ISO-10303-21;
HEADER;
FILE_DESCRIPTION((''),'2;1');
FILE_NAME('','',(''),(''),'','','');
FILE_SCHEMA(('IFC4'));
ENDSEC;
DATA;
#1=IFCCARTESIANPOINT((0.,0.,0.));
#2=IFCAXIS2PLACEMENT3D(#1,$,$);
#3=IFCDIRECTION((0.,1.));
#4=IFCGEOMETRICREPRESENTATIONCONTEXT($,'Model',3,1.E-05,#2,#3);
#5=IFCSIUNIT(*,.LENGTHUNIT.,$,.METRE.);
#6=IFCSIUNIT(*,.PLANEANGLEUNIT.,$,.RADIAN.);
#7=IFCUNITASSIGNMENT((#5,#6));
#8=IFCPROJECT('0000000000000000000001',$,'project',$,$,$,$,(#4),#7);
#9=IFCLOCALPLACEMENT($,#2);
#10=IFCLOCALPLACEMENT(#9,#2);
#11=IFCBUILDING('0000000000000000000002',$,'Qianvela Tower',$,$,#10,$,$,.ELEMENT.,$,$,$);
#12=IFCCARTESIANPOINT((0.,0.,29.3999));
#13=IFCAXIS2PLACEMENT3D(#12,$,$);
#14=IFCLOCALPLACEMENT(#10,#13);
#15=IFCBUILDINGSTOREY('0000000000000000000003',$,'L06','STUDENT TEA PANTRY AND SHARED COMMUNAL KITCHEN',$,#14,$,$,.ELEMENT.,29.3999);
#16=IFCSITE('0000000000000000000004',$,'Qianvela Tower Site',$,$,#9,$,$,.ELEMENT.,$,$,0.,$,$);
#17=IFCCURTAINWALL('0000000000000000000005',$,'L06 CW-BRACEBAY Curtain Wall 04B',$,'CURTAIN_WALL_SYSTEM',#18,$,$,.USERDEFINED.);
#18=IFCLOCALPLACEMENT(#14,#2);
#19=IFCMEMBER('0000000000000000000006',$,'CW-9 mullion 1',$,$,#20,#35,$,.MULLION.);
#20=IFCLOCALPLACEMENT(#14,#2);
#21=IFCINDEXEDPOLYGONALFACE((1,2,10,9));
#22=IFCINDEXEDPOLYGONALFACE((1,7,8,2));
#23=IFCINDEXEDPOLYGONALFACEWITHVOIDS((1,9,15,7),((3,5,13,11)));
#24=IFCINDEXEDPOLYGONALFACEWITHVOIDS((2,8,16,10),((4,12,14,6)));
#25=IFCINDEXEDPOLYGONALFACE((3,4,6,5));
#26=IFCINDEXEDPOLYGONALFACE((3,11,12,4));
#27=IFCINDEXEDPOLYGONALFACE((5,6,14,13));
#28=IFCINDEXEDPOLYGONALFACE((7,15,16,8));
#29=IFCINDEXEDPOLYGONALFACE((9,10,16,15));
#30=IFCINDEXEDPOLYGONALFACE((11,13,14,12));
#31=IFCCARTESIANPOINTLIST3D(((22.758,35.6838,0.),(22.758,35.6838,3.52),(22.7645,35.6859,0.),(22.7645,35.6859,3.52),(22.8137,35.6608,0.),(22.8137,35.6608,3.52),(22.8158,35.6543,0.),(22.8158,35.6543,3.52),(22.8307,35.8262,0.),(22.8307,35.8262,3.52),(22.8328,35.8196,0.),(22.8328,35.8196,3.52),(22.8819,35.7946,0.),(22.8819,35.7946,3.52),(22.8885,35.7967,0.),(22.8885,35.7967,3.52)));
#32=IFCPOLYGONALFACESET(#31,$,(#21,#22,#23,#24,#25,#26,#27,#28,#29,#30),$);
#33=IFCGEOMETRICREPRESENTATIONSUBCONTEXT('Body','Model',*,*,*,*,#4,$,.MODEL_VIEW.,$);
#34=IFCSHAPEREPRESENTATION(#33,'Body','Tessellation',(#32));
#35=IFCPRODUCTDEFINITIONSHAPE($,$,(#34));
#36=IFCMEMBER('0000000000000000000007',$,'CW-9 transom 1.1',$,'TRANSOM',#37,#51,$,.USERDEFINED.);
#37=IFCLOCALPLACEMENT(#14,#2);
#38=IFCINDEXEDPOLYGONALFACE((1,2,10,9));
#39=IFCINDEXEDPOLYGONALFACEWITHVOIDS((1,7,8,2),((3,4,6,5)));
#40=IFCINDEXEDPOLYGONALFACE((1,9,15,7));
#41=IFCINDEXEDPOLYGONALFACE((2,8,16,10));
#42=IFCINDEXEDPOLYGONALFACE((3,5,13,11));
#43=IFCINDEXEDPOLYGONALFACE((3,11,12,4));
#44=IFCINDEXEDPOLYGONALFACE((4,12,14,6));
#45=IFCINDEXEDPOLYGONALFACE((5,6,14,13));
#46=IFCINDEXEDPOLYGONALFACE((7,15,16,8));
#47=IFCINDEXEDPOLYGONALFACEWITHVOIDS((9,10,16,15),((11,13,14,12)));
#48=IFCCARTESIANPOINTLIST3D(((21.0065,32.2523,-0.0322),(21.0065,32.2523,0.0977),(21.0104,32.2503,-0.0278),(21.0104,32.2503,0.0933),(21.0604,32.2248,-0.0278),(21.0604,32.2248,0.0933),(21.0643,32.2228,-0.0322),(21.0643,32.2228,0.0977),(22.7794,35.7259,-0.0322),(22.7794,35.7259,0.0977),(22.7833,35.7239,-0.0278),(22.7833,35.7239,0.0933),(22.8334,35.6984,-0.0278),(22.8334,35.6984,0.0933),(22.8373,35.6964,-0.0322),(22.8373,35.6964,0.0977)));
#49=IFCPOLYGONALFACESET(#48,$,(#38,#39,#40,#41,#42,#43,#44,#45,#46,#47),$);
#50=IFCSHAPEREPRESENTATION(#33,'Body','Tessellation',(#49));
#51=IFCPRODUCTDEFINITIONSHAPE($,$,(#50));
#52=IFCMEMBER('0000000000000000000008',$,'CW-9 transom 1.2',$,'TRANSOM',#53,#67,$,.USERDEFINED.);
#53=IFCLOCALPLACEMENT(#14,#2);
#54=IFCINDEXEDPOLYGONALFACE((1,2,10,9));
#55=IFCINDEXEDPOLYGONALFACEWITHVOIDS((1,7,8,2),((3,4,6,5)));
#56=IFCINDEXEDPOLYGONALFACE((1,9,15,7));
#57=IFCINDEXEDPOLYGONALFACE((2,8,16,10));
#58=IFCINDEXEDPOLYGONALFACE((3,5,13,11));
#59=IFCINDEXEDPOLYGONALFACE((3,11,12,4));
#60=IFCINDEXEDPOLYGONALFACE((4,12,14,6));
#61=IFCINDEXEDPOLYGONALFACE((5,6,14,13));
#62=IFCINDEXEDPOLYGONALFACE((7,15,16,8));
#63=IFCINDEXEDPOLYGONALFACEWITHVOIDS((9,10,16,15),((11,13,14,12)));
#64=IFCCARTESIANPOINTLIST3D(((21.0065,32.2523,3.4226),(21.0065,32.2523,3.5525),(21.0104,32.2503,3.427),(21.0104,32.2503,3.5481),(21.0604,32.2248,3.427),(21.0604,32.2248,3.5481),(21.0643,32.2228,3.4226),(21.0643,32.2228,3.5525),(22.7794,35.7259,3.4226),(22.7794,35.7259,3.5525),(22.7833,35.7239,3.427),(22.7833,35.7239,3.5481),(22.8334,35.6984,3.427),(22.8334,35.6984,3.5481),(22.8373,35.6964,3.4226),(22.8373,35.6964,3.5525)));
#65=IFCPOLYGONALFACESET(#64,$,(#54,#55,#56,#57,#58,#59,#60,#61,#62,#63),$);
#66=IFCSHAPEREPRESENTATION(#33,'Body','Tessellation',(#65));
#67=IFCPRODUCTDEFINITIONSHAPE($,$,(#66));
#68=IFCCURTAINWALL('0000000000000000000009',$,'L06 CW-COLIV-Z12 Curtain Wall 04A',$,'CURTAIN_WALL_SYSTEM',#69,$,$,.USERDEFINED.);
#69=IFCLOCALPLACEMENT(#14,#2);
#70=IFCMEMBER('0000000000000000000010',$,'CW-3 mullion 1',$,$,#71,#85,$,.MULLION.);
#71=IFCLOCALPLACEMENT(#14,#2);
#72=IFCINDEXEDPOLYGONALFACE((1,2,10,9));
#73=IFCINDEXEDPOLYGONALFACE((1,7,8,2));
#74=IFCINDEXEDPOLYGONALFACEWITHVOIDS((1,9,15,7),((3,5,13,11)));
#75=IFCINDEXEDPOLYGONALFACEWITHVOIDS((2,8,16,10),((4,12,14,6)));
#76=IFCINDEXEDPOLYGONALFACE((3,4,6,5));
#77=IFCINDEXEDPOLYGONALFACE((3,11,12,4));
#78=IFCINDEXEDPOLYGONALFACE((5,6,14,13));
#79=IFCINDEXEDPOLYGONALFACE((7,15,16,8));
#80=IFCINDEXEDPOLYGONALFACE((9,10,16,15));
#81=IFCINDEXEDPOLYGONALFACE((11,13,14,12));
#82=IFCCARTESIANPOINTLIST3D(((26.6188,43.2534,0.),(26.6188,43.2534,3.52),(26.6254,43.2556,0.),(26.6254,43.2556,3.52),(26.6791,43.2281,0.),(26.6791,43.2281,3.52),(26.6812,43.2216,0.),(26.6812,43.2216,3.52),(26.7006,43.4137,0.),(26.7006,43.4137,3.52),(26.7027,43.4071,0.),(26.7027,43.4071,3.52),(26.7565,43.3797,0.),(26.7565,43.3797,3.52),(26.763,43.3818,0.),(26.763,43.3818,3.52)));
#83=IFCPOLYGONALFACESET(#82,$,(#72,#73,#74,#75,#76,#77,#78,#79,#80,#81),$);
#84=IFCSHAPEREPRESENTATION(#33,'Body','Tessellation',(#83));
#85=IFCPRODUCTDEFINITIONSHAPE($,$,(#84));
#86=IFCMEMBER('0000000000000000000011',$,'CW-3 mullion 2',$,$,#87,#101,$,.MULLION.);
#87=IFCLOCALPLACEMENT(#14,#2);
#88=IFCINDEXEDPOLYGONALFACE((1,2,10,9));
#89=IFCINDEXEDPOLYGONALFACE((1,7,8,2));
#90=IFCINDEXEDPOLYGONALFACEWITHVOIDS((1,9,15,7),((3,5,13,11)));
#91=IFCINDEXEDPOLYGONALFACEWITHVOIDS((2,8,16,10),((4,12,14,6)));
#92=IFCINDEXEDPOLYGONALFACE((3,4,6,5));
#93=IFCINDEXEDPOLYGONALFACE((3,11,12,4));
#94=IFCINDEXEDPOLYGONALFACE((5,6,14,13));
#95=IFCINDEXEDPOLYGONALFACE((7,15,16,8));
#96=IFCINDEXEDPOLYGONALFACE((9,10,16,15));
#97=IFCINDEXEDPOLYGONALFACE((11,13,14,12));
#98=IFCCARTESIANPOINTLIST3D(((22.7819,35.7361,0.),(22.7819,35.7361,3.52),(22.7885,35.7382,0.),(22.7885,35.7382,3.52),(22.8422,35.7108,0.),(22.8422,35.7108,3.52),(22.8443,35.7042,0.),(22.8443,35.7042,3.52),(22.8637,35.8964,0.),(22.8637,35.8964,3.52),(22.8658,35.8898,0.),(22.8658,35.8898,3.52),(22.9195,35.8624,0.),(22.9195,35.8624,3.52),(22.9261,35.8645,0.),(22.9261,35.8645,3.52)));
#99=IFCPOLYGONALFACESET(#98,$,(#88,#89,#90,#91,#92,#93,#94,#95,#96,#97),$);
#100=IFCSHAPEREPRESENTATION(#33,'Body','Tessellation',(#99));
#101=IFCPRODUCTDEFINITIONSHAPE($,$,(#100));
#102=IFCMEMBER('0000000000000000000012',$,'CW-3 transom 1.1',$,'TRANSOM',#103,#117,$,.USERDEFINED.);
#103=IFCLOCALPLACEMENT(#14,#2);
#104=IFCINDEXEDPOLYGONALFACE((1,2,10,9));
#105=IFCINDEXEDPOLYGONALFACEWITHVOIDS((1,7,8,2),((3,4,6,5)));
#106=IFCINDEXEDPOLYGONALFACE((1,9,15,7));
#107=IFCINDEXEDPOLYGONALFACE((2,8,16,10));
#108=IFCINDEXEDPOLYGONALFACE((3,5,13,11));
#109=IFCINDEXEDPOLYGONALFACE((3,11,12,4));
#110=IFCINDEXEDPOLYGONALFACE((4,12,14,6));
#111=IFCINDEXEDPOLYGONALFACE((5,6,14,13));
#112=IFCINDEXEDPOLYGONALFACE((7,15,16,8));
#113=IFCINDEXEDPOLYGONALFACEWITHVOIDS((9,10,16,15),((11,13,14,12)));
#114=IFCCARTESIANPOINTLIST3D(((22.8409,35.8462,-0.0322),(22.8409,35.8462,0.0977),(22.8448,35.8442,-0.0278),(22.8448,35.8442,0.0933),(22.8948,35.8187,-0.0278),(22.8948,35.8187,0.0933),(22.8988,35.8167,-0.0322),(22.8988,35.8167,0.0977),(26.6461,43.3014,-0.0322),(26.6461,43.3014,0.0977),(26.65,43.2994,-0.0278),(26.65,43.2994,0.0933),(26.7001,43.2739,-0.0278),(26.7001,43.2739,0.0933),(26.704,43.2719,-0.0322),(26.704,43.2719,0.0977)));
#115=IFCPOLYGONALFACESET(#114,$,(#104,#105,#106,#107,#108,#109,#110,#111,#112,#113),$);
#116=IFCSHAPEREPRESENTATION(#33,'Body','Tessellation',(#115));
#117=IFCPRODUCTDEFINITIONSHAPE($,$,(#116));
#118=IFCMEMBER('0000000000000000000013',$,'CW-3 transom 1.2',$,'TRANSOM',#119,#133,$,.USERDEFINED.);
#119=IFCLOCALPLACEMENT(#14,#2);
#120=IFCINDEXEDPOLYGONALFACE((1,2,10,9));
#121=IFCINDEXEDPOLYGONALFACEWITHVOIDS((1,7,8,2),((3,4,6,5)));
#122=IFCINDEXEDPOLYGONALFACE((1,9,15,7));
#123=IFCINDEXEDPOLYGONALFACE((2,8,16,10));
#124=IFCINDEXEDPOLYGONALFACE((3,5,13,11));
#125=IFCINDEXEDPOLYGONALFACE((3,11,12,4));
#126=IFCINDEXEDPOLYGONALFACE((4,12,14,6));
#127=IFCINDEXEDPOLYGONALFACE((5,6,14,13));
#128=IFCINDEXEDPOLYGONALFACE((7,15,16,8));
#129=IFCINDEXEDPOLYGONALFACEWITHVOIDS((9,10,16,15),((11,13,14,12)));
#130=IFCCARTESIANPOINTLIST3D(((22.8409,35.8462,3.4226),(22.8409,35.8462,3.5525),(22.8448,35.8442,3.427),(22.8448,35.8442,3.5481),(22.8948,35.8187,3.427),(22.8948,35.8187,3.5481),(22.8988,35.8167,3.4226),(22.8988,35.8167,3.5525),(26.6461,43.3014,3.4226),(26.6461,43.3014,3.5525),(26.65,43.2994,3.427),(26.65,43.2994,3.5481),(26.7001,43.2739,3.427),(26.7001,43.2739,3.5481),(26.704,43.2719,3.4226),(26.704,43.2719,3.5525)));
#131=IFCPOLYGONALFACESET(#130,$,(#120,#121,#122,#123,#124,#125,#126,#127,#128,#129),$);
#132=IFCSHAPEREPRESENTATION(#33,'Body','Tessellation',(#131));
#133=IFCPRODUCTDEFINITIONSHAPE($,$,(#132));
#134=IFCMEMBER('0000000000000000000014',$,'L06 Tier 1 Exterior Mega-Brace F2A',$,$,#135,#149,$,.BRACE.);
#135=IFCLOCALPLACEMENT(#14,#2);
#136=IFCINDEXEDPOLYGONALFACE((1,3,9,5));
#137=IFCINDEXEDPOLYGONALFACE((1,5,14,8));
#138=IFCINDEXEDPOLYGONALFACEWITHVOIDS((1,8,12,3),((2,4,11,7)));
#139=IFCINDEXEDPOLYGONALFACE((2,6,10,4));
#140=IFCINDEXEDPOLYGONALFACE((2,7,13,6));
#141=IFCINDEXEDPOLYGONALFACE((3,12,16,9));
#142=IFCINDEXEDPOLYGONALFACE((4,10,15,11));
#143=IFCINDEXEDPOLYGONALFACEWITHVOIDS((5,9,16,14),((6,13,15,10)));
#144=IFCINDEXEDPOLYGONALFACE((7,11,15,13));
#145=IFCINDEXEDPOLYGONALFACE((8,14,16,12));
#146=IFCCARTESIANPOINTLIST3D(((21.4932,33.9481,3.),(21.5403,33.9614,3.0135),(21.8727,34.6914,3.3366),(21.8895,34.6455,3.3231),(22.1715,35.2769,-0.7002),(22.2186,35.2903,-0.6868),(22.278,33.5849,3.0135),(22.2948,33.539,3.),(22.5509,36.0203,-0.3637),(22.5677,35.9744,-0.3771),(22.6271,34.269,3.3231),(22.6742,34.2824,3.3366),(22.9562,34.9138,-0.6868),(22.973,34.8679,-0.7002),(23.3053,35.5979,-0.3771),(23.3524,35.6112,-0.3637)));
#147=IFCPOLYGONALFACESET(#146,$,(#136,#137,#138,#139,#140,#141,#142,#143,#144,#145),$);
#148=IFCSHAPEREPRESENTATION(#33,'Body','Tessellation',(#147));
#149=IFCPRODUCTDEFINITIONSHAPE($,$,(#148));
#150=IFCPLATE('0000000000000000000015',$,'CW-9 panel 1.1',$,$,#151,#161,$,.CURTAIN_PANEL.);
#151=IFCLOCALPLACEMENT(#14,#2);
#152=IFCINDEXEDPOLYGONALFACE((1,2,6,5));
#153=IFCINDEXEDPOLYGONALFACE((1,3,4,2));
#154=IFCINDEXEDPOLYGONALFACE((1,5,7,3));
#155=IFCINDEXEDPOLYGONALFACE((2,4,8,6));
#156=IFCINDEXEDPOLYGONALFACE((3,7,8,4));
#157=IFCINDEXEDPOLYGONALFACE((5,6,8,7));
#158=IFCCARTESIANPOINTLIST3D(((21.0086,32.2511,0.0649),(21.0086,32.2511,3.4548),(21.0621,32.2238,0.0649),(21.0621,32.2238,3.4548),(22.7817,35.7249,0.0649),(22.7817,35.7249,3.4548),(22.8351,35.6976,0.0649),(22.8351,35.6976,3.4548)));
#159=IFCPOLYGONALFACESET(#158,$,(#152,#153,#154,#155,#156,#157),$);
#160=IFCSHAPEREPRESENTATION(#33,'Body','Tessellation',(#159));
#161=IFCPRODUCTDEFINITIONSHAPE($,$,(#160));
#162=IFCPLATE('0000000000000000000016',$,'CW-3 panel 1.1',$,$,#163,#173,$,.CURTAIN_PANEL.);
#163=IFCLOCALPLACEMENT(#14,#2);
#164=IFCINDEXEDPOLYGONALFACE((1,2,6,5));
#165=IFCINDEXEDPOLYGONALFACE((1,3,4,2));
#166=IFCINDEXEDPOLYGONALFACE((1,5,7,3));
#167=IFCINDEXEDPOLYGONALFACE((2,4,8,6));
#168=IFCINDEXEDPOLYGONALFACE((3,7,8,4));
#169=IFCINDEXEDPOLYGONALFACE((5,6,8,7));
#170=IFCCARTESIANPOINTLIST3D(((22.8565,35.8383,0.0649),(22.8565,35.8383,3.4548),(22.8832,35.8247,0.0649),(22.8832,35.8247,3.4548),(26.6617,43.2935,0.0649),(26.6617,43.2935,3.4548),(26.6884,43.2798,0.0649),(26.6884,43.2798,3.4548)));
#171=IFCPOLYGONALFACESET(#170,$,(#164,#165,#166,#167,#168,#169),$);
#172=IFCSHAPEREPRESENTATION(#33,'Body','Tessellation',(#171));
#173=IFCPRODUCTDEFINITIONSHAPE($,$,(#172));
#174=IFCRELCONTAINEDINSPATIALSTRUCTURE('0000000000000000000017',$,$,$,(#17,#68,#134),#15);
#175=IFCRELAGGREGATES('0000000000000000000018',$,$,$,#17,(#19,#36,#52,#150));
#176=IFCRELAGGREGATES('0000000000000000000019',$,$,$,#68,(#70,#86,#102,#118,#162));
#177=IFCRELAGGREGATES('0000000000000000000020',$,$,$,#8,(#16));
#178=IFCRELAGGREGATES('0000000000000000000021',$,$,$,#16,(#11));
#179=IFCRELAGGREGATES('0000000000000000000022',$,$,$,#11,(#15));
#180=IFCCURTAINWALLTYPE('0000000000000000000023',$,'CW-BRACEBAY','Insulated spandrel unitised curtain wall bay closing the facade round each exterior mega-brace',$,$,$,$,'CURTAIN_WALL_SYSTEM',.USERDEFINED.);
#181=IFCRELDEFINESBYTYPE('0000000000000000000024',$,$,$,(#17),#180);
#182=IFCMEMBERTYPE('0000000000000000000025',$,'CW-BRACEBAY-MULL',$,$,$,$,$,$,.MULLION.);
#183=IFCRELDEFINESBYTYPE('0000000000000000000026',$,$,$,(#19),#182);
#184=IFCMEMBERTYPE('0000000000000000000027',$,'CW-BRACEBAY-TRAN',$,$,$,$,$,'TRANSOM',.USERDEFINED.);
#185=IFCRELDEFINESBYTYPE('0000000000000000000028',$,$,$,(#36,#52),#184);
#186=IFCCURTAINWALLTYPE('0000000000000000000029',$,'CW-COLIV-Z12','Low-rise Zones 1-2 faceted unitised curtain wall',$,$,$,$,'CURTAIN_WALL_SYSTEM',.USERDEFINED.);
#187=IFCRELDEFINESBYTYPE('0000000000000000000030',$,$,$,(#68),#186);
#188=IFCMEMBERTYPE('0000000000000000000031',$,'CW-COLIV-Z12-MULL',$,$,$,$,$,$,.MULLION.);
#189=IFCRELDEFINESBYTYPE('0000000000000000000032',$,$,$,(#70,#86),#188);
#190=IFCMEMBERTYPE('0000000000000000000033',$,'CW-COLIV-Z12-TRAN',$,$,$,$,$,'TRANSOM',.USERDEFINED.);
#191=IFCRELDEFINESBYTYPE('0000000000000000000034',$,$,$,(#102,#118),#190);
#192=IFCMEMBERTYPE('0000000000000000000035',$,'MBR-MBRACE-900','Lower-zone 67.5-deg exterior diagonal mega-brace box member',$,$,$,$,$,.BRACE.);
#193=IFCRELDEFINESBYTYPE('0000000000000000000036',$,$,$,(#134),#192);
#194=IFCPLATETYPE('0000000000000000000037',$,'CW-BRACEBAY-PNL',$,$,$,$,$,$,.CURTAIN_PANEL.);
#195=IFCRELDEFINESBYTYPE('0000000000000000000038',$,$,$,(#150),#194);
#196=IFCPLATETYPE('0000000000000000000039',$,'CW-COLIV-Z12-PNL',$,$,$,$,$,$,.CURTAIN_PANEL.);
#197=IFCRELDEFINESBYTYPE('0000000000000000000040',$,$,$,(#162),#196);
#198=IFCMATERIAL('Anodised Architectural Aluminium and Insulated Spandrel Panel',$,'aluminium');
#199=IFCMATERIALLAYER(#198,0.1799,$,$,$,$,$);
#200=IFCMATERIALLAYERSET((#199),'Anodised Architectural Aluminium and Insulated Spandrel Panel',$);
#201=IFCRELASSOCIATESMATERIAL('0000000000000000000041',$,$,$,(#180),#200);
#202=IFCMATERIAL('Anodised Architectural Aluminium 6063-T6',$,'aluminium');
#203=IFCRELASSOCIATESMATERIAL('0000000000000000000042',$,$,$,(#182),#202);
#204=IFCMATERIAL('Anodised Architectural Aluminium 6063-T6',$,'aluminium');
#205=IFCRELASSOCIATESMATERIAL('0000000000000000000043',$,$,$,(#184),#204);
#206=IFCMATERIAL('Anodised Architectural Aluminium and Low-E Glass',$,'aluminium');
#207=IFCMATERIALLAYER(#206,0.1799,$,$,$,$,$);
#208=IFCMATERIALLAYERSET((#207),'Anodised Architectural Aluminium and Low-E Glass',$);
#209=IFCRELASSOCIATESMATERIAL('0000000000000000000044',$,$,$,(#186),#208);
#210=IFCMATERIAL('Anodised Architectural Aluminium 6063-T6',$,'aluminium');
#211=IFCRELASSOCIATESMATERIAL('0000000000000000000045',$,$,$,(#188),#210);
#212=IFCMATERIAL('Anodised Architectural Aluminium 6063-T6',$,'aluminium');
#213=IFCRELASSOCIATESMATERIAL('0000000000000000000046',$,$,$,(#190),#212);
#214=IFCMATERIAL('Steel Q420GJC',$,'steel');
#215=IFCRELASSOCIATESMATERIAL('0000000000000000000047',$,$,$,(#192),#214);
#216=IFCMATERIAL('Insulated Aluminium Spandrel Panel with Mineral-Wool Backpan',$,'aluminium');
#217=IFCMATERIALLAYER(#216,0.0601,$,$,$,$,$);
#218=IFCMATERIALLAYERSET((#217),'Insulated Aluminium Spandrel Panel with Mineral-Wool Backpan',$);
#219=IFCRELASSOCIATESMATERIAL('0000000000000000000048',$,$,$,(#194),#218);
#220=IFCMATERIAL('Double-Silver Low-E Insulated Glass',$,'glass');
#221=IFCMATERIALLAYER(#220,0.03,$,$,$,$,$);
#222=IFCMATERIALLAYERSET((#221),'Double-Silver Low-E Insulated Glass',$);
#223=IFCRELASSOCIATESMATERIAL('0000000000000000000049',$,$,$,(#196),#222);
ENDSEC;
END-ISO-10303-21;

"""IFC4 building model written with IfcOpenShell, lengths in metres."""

from ifc_helpers import new_model, si_unit, direction, frame, origin, origin_2d, place, context, subcontext, project, spatial, rectangle, hollow_rectangle, extrude, material, layer, layer_set, material_profile, profile_set, type_object, element, aggregate, save


model = new_model("IFC4")

# Units and contexts
model_context = context("Model", 3, precision=1e-05, world=origin(), true_north=direction((0.0, 1.0)))
body_context = subcontext(model_context, "Body", "Model", "MODEL_VIEW")
ifc_project = project(units=[si_unit("LENGTHUNIT", "METRE"), si_unit("PLANEANGLEUNIT", "RADIAN")], contexts=[model_context])

# Site, building, storey
site_placement = place(None, origin())
site = spatial("IfcSite", under=ifc_project, at=site_placement, Name="Qianvela Tower Site", CompositionType="ELEMENT", RefElevation=0.0)
building_placement = place(site_placement, origin())
building = spatial("IfcBuilding", under=site, at=building_placement, Name="Qianvela Tower", CompositionType="ELEMENT")
storey_placement = place(building_placement, frame((0.0, 0.0, 29.3999)))
storey = spatial("IfcBuildingStorey", under=building, at=storey_placement, Name="L06", Description="STUDENT TEA PANTRY AND SHARED COMMUNAL KITCHEN", CompositionType="ELEMENT", Elevation=29.3999)

# Curtain walls, members
ifc_material_1 = material(Name="Anodised Architectural Aluminium and Insulated Spandrel Panel", Category="aluminium")
ifc_layer_1 = layer(ifc_material_1, 0.1799)
ifc_layer_set_1 = layer_set([ifc_layer_1], Name="Anodised Architectural Aluminium and Insulated Spandrel Panel")
curtain_wall_type_1 = type_object("IfcCurtainWallType", Name="CW-BRACEBAY", Description="Insulated spandrel unitised curtain wall bay closing the facade round each exterior mega-brace", ElementType="CURTAIN_WALL_SYSTEM", PredefinedType="USERDEFINED", material=ifc_layer_set_1)
curtain_wall_1_placement = place(storey_placement, origin())
curtain_wall_1 = element("IfcCurtainWall", 1, at=curtain_wall_1_placement, inside=storey, type_object=curtain_wall_type_1, Name="L06 CW-BRACEBAY Curtain Wall 04B", ObjectType="CURTAIN_WALL_SYSTEM", PredefinedType="USERDEFINED")
ifc_material_2 = material(Name="Anodised Architectural Aluminium 6063-T6", Category="aluminium")
ifc_material_profile_1 = material_profile(ifc_material_2, hollow_rectangle(XDim=0.0649, YDim=0.1599, WallThickness=0.0049, at=origin_2d()), Name="ALU-MULL-65x160")
ifc_profile_set_1 = profile_set([ifc_material_profile_1], Name="Anodised Architectural Aluminium 6063-T6")
member_type_1 = type_object("IfcMemberType", Name="CW-BRACEBAY-MULL", PredefinedType="MULLION", material=ifc_profile_set_1)
member_1_placement = place(storey_placement, frame((22.8232, 35.7402, 0.0), z_axis=(0.0, 0.0, 1.0), x_axis=(0.890689, -0.454613, 0.0)))
member_1 = element("IfcMember", 2, at=member_1_placement, type_object=member_type_1, Name="CW-9 mullion 1", PredefinedType="MULLION", context=body_context, shape_type="SweptSolid", body=[
    extrude(hollow_rectangle(XDim=0.0649, YDim=0.1599, WallThickness=0.0049, at=origin_2d()), origin(), (0.0, 0.0, 1.0), 3.52),
])
ifc_material_3 = material(Name="Anodised Architectural Aluminium 6063-T6", Category="aluminium")
ifc_material_profile_2 = material_profile(ifc_material_3, hollow_rectangle(XDim=0.0649, YDim=0.1299, WallThickness=0.0044, at=origin_2d()), Name="ALU-TRAN-65x130")
ifc_profile_set_2 = profile_set([ifc_material_profile_2], Name="Anodised Architectural Aluminium 6063-T6")
member_type_2 = type_object("IfcMemberType", Name="CW-BRACEBAY-TRAN", ElementType="TRANSOM", PredefinedType="USERDEFINED", material=ifc_profile_set_2)
member_2_placement = place(storey_placement, frame((22.8083, 35.7112, 0.0327), z_axis=(-0.45461, -0.89069, 0.0), x_axis=(0.89069, -0.45461, 0.0)))
member_2 = element("IfcMember", 3, at=member_2_placement, type_object=member_type_2, Name="CW-9 transom 1.1", ObjectType="TRANSOM", PredefinedType="USERDEFINED", context=body_context, shape_type="SweptSolid", body=[
    extrude(hollow_rectangle(XDim=0.0649, YDim=0.1299, WallThickness=0.0044, at=origin_2d()), origin(), (0.0, 0.0, 1.0), 3.8999),
])
member_3_placement = place(storey_placement, frame((22.8083, 35.7112, 3.4875), z_axis=(-0.45461, -0.89069, 0.0), x_axis=(0.89069, -0.45461, 0.0)))
member_3 = element("IfcMember", 4, at=member_3_placement, type_object=member_type_2, Name="CW-9 transom 1.2", ObjectType="TRANSOM", PredefinedType="USERDEFINED", context=body_context, shape_type="SweptSolid", body=[
    extrude(hollow_rectangle(XDim=0.0649, YDim=0.1299, WallThickness=0.0044, at=origin_2d()), origin(), (0.0, 0.0, 1.0), 3.8999),
])
ifc_material_4 = material(Name="Anodised Architectural Aluminium and Low-E Glass", Category="aluminium")
ifc_layer_2 = layer(ifc_material_4, 0.1799)
ifc_layer_set_2 = layer_set([ifc_layer_2], Name="Anodised Architectural Aluminium and Low-E Glass")
curtain_wall_type_2 = type_object("IfcCurtainWallType", Name="CW-COLIV-Z12", Description="Low-rise Zones 1-2 faceted unitised curtain wall", ElementType="CURTAIN_WALL_SYSTEM", PredefinedType="USERDEFINED", material=ifc_layer_set_2)
curtain_wall_2_placement = place(storey_placement, origin())
curtain_wall_2 = element("IfcCurtainWall", 5, at=curtain_wall_2_placement, inside=storey, type_object=curtain_wall_type_2, Name="L06 CW-COLIV-Z12 Curtain Wall 04A", ObjectType="CURTAIN_WALL_SYSTEM", PredefinedType="USERDEFINED")
ifc_material_5 = material(Name="Anodised Architectural Aluminium 6063-T6", Category="aluminium")
ifc_material_profile_3 = material_profile(ifc_material_5, hollow_rectangle(XDim=0.0701, YDim=0.1799, WallThickness=0.0049, at=origin_2d()), Name="ALU-MULL-70x180")
ifc_profile_set_3 = profile_set([ifc_material_profile_3], Name="Anodised Architectural Aluminium 6063-T6")
member_type_3 = type_object("IfcMemberType", Name="CW-COLIV-Z12-MULL", PredefinedType="MULLION", material=ifc_profile_set_3)
member_4_placement = place(storey_placement, frame((26.6909, 43.3176, 0.0), z_axis=(0.0, 0.0, 1.0), x_axis=(0.890688, -0.454615, 0.0)))
member_4 = element("IfcMember", 6, at=member_4_placement, type_object=member_type_3, Name="CW-3 mullion 1", PredefinedType="MULLION", context=body_context, shape_type="SweptSolid", body=[
    extrude(hollow_rectangle(XDim=0.0701, YDim=0.1799, WallThickness=0.0049, at=origin_2d()), origin(), (0.0, 0.0, 1.0), 3.52),
])
member_5_placement = place(storey_placement, frame((22.854, 35.8003, 0.0), z_axis=(0.0, 0.0, 1.0), x_axis=(0.890688, -0.454615, 0.0)))
member_5 = element("IfcMember", 7, at=member_5_placement, type_object=member_type_3, Name="CW-3 mullion 2", PredefinedType="MULLION", context=body_context, shape_type="SweptSolid", body=[
    extrude(hollow_rectangle(XDim=0.0701, YDim=0.1799, WallThickness=0.0049, at=origin_2d()), origin(), (0.0, 0.0, 1.0), 3.52),
])
ifc_material_6 = material(Name="Anodised Architectural Aluminium 6063-T6", Category="aluminium")
ifc_material_profile_4 = material_profile(ifc_material_6, hollow_rectangle(XDim=0.0649, YDim=0.1299, WallThickness=0.0044, at=origin_2d()), Name="ALU-TRAN-65x130")
ifc_profile_set_4 = profile_set([ifc_material_profile_4], Name="Anodised Architectural Aluminium 6063-T6")
member_type_4 = type_object("IfcMemberType", Name="CW-COLIV-Z12-TRAN", ElementType="TRANSOM", PredefinedType="USERDEFINED", material=ifc_profile_set_4)
member_6_placement = place(storey_placement, frame((26.675, 43.2866, 0.0327), z_axis=(-0.454619, -0.890686, 0.0), x_axis=(0.890686, -0.454619, 0.0)))
member_6 = element("IfcMember", 8, at=member_6_placement, type_object=member_type_4, Name="CW-3 transom 1.1", ObjectType="TRANSOM", PredefinedType="USERDEFINED", context=body_context, shape_type="SweptSolid", body=[
    extrude(hollow_rectangle(XDim=0.0649, YDim=0.1299, WallThickness=0.0044, at=origin_2d()), origin(), (0.0, 0.0, 1.0), 8.3701),
])
member_7_placement = place(storey_placement, frame((26.675, 43.2866, 3.4875), z_axis=(-0.454619, -0.890686, 0.0), x_axis=(0.890686, -0.454619, 0.0)))
member_7 = element("IfcMember", 9, at=member_7_placement, type_object=member_type_4, Name="CW-3 transom 1.2", ObjectType="TRANSOM", PredefinedType="USERDEFINED", context=body_context, shape_type="SweptSolid", body=[
    extrude(hollow_rectangle(XDim=0.0649, YDim=0.1299, WallThickness=0.0044, at=origin_2d()), origin(), (0.0, 0.0, 1.0), 8.3701),
])

# Member
ifc_material_7 = material(Name="Steel Q420GJC", Category="steel")
ifc_material_profile_5 = material_profile(ifc_material_7, hollow_rectangle(XDim=0.8999, YDim=0.8999, WallThickness=0.0359, at=origin_2d()), Name="MBOX-900x900x36")
ifc_profile_set_5 = profile_set([ifc_material_profile_5], Name="Steel Q420GJC")
member_type_5 = type_object("IfcMemberType", Name="MBR-MBRACE-900", Description="Lower-zone 67.5-deg exterior diagonal mega-brace box member", PredefinedType="BRACE", material=ifc_profile_set_5)
member_8_placement = place(storey_placement, frame((22.762, 35.4441, -0.532), z_axis=(-0.169996, -0.333076, 0.927449), x_axis=(0.890698, -0.454595, 0.0)))
element("IfcMember", 10, at=member_8_placement, inside=storey, type_object=member_type_5, Name="L06 Tier 1 Exterior Mega-Brace F2A", PredefinedType="BRACE", context=body_context, shape_type="SweptSolid", body=[
    extrude(hollow_rectangle(XDim=0.8999, YDim=0.8999, WallThickness=0.0359, at=origin_2d()), origin(), (0.0, 0.0, 1.0), 3.9897),
])

# Plates
ifc_material_8 = material(Name="Insulated Aluminium Spandrel Panel with Mineral-Wool Backpan", Category="aluminium")
ifc_layer_3 = layer(ifc_material_8, 0.0601)
ifc_layer_set_3 = layer_set([ifc_layer_3], Name="Insulated Aluminium Spandrel Panel with Mineral-Wool Backpan")
plate_type_1 = type_object("IfcPlateType", Name="CW-BRACEBAY-PNL", PredefinedType="CURTAIN_PANEL", material=ifc_layer_set_3)
plate_1_placement = place(storey_placement, frame((21.9219, 33.9744, 0.0649), z_axis=(0.0, 0.0, 1.0), x_axis=(-0.454613, -0.890689, 0.0)))
plate_1 = element("IfcPlate", 11, at=plate_1_placement, type_object=plate_type_1, Name="CW-9 panel 1.1", PredefinedType="CURTAIN_PANEL", context=body_context, shape_type="SweptSolid", body=[
    extrude(rectangle(XDim=3.9001, YDim=0.0601, at=origin_2d()), origin(), (0.0, 0.0, 1.0), 3.3899),
])
aggregate(curtain_wall_1, [member_1, member_2, member_3, plate_1])
ifc_material_9 = material(Name="Double-Silver Low-E Insulated Glass", Category="glass")
ifc_layer_4 = layer(ifc_material_9, 0.03)
ifc_layer_set_4 = layer_set([ifc_layer_4], Name="Double-Silver Low-E Insulated Glass")
plate_type_2 = type_object("IfcPlateType", Name="CW-COLIV-Z12-PNL", PredefinedType="CURTAIN_PANEL", material=ifc_layer_set_4)
plate_2_placement = place(storey_placement, frame((24.7725, 39.5591, 0.0649), z_axis=(0.0, 0.0, 1.0), x_axis=(-0.454615, -0.890688, 0.0)))
plate_2 = element("IfcPlate", 12, at=plate_2_placement, type_object=plate_type_2, Name="CW-3 panel 1.1", PredefinedType="CURTAIN_PANEL", context=body_context, shape_type="SweptSolid", body=[
    extrude(rectangle(XDim=8.3701, YDim=0.03, at=origin_2d()), origin(), (0.0, 0.0, 1.0), 3.3899),
])
aggregate(curtain_wall_2, [member_4, member_5, member_6, member_7, plate_2])

save(model, "model.ifc")
